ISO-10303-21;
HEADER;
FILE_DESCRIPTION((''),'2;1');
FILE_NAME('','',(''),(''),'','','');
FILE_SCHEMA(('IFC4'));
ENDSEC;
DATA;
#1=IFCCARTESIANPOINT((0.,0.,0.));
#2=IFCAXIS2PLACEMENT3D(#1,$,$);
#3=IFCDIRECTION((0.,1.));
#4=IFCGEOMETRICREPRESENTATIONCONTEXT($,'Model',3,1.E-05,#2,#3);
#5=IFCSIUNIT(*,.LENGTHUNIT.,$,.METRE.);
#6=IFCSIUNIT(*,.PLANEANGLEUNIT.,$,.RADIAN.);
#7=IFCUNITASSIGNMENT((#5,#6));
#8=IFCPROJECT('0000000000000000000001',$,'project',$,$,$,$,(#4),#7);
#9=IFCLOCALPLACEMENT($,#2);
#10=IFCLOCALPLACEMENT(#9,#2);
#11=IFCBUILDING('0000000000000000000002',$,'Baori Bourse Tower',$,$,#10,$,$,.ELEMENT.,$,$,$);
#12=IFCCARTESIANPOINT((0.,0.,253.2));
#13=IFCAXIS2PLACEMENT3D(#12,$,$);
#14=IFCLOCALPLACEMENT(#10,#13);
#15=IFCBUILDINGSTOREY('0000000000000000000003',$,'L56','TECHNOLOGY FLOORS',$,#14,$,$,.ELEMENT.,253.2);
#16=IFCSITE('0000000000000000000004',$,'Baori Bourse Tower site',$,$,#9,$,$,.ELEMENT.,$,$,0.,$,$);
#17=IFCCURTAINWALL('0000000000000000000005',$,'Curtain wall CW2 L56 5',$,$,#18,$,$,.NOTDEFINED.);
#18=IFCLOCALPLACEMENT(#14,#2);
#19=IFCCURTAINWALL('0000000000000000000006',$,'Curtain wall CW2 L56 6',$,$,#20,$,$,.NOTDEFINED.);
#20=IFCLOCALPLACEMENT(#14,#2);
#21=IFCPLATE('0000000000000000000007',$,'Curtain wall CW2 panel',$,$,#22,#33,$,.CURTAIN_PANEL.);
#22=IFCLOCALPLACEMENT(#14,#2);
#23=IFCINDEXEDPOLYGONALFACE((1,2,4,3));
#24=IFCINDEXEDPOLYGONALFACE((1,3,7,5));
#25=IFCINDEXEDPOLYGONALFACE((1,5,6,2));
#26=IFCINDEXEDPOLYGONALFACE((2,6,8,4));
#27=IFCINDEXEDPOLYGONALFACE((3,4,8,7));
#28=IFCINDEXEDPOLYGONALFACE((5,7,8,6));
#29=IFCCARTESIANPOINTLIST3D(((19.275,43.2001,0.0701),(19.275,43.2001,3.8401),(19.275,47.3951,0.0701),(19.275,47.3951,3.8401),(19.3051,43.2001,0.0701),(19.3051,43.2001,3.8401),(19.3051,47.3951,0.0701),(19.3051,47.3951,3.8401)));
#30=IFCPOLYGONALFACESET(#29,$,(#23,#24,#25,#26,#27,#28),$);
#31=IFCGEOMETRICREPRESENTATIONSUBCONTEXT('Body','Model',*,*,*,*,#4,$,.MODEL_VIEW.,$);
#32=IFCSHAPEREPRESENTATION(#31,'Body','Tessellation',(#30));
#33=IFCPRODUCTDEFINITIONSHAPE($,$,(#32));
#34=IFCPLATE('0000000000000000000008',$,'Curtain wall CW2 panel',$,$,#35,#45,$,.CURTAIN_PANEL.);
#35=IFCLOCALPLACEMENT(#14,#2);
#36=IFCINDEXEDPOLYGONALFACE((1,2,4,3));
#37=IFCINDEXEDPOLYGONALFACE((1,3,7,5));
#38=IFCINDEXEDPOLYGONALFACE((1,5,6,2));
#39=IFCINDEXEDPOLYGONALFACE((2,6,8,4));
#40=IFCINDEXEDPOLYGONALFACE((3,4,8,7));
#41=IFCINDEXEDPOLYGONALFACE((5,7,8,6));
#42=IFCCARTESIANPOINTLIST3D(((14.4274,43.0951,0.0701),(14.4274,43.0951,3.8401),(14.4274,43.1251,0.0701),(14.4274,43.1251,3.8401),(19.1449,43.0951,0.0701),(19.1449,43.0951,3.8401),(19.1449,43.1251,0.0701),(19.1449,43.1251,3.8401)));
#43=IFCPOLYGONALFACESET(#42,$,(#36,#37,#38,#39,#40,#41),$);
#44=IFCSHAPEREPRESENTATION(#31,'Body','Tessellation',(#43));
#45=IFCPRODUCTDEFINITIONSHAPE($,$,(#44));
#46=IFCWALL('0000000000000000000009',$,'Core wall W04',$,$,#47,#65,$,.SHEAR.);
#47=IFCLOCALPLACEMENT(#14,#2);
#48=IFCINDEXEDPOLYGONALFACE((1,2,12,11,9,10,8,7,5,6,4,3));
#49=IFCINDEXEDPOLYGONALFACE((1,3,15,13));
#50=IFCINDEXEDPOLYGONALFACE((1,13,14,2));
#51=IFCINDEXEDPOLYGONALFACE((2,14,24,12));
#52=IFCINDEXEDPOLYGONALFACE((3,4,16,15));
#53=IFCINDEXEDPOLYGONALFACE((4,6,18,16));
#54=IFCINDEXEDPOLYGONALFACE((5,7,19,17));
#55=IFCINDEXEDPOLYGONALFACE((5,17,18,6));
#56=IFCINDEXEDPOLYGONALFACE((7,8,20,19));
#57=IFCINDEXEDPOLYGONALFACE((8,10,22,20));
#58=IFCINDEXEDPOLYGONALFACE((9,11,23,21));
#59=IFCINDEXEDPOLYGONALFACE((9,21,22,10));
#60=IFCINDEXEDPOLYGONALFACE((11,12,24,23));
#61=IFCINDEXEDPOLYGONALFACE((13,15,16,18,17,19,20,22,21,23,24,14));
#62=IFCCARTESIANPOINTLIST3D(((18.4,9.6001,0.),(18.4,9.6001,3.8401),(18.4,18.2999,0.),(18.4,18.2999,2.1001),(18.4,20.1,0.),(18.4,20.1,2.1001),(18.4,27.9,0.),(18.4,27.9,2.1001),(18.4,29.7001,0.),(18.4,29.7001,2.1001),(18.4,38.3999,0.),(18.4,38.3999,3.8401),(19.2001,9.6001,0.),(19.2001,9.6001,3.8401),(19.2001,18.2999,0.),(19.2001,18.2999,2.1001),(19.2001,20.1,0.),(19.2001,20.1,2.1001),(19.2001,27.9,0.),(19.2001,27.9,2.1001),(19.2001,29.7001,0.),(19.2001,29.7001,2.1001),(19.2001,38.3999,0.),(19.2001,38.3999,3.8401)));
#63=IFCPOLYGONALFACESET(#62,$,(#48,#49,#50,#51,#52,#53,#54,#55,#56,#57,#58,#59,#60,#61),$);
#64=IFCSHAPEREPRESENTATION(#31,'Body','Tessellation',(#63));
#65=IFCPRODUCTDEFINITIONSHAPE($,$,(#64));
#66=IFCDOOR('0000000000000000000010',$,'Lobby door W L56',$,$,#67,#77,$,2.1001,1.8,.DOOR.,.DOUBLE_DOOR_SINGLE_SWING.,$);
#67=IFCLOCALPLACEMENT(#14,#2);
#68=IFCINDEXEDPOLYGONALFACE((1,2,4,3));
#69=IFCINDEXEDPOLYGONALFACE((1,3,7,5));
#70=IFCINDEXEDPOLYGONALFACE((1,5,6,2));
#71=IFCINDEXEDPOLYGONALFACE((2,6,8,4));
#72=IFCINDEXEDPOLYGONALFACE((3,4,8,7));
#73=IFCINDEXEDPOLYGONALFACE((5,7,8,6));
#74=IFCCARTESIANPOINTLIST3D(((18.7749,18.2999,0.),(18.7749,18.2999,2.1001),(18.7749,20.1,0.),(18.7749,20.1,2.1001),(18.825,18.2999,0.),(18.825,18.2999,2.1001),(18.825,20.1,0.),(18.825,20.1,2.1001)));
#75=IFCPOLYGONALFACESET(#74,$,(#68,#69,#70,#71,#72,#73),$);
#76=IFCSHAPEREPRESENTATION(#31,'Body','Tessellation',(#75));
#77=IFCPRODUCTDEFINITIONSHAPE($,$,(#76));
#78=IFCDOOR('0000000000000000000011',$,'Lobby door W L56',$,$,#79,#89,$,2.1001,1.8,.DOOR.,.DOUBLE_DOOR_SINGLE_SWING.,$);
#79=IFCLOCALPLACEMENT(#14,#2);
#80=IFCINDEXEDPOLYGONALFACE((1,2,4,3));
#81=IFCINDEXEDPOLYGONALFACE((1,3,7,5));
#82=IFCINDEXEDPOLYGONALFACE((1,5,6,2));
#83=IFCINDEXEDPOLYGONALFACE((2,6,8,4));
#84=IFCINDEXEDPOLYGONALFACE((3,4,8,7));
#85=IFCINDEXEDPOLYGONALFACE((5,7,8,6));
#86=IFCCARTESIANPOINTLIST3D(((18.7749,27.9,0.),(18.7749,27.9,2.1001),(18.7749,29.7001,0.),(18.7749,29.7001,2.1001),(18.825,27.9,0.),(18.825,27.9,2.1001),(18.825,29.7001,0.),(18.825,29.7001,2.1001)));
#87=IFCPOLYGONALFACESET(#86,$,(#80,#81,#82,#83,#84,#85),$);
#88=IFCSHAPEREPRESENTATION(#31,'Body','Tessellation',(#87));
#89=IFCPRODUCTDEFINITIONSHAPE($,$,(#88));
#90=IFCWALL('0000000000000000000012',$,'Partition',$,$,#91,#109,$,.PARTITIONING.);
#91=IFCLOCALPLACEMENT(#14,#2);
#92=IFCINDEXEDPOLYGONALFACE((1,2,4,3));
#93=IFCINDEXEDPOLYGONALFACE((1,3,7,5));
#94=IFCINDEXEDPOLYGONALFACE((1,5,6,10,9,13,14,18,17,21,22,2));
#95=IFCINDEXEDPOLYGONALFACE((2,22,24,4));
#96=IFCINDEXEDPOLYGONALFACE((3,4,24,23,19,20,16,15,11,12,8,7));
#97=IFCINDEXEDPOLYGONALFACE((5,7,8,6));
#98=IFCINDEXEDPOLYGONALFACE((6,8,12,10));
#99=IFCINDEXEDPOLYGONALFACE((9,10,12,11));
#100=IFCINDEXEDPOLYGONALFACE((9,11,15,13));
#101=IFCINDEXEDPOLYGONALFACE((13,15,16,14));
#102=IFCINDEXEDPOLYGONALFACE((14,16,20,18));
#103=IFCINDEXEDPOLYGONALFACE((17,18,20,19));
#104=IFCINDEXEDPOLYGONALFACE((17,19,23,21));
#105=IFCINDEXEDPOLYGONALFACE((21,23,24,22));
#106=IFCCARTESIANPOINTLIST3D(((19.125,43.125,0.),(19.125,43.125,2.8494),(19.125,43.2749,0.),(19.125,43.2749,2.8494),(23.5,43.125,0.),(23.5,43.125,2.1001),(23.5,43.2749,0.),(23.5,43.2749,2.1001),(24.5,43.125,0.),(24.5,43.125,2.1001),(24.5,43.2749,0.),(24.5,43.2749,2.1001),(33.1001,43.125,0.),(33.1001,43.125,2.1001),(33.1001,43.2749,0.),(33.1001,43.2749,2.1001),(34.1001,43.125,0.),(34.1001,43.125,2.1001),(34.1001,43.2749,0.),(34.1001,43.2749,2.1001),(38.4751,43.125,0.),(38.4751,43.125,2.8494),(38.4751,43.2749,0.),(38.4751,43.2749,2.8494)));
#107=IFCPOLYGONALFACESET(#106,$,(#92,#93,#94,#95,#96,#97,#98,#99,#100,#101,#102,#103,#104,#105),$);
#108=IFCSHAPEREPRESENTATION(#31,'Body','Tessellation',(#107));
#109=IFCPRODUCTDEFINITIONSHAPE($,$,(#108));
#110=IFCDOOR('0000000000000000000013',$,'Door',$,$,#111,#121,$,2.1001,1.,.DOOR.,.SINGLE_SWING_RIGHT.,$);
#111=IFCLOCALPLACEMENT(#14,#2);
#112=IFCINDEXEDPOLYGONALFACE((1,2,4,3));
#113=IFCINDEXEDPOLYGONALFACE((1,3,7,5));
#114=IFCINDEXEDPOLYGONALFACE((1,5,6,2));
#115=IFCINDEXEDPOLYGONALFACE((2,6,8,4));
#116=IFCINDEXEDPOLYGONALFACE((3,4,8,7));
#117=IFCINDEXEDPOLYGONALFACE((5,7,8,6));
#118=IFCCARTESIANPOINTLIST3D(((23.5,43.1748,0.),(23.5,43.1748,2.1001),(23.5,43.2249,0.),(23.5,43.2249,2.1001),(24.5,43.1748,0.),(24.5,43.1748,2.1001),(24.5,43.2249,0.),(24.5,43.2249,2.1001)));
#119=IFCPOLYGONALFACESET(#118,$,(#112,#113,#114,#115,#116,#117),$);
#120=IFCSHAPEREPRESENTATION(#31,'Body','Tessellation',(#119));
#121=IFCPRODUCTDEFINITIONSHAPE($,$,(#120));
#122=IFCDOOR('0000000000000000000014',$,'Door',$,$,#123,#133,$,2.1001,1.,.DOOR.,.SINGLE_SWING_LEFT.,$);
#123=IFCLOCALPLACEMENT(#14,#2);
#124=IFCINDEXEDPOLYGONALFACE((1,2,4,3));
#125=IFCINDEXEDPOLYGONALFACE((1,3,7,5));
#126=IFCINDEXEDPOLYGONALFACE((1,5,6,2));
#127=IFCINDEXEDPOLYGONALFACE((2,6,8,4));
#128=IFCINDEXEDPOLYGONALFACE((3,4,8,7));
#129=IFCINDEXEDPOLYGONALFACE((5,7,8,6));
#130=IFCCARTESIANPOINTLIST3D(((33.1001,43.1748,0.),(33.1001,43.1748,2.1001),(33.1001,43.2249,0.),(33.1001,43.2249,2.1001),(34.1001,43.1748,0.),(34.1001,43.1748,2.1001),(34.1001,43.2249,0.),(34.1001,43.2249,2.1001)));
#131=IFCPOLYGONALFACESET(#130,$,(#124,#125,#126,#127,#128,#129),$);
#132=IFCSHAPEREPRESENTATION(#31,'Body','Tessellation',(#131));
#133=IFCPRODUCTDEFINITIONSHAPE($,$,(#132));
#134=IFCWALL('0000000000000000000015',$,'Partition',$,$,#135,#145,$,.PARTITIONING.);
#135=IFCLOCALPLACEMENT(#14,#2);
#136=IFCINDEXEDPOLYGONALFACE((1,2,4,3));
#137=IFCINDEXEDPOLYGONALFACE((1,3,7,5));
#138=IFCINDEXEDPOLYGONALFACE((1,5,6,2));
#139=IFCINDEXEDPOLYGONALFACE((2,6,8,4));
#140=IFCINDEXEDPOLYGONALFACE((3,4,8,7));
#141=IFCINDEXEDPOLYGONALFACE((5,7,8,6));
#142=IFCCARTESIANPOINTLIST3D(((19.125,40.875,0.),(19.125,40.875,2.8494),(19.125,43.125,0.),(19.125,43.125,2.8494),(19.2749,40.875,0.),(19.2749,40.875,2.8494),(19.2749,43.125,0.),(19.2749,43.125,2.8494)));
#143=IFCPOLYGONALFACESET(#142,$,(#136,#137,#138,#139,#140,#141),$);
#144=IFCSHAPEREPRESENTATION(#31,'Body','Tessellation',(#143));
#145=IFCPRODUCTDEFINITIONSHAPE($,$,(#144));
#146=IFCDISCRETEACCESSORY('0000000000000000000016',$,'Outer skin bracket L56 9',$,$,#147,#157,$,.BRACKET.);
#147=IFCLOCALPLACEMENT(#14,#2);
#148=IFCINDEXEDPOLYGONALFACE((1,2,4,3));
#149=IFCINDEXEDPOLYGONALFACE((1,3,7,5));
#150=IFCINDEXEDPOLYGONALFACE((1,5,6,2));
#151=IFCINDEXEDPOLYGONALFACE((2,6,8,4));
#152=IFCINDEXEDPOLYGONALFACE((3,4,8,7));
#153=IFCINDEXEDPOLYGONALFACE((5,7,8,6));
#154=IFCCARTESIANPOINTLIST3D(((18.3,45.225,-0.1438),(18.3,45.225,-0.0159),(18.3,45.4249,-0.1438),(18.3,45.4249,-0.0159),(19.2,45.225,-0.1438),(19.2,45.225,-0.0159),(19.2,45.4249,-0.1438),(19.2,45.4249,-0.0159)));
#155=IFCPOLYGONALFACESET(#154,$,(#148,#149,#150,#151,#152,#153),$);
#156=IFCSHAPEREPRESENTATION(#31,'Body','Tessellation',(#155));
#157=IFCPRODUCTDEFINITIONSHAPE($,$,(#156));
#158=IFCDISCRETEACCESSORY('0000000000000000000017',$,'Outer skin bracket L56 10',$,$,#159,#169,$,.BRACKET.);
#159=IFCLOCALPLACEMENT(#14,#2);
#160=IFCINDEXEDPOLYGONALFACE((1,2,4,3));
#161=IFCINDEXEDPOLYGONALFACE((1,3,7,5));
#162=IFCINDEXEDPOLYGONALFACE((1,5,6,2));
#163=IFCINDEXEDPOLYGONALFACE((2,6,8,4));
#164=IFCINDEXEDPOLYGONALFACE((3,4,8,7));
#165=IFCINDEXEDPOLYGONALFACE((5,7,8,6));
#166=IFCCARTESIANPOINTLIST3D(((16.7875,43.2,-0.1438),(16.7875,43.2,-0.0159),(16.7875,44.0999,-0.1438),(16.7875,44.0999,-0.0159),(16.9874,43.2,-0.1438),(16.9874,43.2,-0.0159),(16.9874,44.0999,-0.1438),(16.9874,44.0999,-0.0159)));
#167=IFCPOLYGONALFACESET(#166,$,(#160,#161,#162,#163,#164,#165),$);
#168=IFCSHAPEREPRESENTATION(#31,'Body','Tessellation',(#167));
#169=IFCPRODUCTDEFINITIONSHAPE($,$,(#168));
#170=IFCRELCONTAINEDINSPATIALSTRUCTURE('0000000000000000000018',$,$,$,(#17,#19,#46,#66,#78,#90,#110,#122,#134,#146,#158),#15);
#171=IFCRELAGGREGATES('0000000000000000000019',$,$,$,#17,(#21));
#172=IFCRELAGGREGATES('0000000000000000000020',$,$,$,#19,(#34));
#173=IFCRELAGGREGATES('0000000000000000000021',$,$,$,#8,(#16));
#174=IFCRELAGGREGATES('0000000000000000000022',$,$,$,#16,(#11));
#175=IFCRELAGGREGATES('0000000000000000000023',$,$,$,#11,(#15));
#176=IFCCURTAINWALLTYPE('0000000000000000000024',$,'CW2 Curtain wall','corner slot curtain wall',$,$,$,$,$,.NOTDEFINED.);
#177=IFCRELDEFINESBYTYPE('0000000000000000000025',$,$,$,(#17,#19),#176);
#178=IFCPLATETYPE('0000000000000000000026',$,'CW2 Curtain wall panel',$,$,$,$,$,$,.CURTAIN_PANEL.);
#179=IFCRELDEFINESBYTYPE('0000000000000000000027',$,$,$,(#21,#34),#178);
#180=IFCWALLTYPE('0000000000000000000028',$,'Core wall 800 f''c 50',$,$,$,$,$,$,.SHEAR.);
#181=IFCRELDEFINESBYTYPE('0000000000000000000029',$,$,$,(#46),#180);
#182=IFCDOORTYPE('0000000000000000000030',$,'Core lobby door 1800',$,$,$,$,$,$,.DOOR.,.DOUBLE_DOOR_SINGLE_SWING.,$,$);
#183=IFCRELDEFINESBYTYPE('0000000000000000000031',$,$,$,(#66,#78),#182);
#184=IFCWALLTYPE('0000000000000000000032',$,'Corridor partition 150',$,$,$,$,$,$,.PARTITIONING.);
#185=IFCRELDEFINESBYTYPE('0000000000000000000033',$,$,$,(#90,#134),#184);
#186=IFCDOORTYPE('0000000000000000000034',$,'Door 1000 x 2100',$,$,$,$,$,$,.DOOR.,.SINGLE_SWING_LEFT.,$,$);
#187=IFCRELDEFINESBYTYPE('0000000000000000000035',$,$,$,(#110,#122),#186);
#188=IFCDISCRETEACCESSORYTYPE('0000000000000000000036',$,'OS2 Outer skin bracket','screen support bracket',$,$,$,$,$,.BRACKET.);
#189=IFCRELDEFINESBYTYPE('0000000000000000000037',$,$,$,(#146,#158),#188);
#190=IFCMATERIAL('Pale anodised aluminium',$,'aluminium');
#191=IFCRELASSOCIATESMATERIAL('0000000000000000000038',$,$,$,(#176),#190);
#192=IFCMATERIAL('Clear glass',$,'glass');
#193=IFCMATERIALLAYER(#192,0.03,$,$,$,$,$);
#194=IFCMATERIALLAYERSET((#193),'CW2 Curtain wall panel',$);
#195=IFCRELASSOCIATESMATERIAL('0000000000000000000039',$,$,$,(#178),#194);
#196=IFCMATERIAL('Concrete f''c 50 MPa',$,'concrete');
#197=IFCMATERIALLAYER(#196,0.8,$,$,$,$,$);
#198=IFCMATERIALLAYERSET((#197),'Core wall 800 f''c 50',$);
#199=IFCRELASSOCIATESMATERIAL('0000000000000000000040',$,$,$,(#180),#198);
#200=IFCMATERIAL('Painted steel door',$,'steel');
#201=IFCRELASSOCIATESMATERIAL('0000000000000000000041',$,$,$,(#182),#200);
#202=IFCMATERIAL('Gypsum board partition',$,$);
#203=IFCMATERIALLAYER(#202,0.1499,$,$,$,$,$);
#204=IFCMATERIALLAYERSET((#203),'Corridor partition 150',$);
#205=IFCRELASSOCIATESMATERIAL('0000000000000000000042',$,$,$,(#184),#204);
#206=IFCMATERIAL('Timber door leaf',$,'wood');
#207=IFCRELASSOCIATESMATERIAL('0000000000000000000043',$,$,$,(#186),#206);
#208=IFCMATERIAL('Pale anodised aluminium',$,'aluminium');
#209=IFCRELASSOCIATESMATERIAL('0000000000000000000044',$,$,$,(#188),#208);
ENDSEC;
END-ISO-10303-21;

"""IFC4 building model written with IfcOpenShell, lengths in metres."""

from ifc_helpers import new_model, si_unit, direction, frame, frame_2d, origin, origin_2d, place, context, subcontext, project, spatial, rectangle, extrude, material, layer, layer_set, type_object, element, fill, aggregate, save


model = new_model("IFC4")

# Units and contexts
model_context = context("Model", 3, precision=1e-05, world=origin(), true_north=direction((0.0, 1.0)))
body_context = subcontext(model_context, "Body", "Model", "MODEL_VIEW")
ifc_project = project(units=[si_unit("LENGTHUNIT", "METRE"), si_unit("PLANEANGLEUNIT", "RADIAN")], contexts=[model_context])

# Site, building, storey
site_placement = place(None, origin())
site = spatial("IfcSite", under=ifc_project, at=site_placement, Name="Baori Bourse Tower site", CompositionType="ELEMENT", RefElevation=0.0)
building_placement = place(site_placement, origin())
building = spatial("IfcBuilding", under=site, at=building_placement, Name="Baori Bourse Tower", CompositionType="ELEMENT")
storey_placement = place(building_placement, frame((0.0, 0.0, 253.2)))
storey = spatial("IfcBuildingStorey", under=building, at=storey_placement, Name="L56", Description="TECHNOLOGY FLOORS", CompositionType="ELEMENT", Elevation=253.2)

# Curtain walls
ifc_material_1 = material(Name="Pale anodised aluminium", Category="aluminium")
curtain_wall_type = type_object("IfcCurtainWallType", Name="CW2 Curtain wall", Description="corner slot curtain wall", PredefinedType="NOTDEFINED", material=ifc_material_1)
curtain_wall_1_placement = place(storey_placement, origin())
curtain_wall_1 = element("IfcCurtainWall", 1, at=curtain_wall_1_placement, inside=storey, type_object=curtain_wall_type, Name="Curtain wall CW2 L56 5", PredefinedType="NOTDEFINED")
curtain_wall_2_placement = place(storey_placement, origin())
curtain_wall_2 = element("IfcCurtainWall", 2, at=curtain_wall_2_placement, inside=storey, type_object=curtain_wall_type, Name="Curtain wall CW2 L56 6", PredefinedType="NOTDEFINED")

# Plates
ifc_material_2 = material(Name="Clear glass", Category="glass")
ifc_layer_1 = layer(ifc_material_2, 0.03)
ifc_layer_set_1 = layer_set([ifc_layer_1], Name="CW2 Curtain wall panel")
plate_type = type_object("IfcPlateType", Name="CW2 Curtain wall panel", PredefinedType="CURTAIN_PANEL", material=ifc_layer_set_1)
plate_1_placement = place(storey_placement, frame((19.29, 45.2976, 0.0701), z_axis=(0.0, 0.0, 1.0), x_axis=(0.0, -1.0, 0.0)))
plate_1 = element("IfcPlate", 3, at=plate_1_placement, type_object=plate_type, Name="Curtain wall CW2 panel", PredefinedType="CURTAIN_PANEL", context=body_context, shape_type="SweptSolid", body=[
    extrude(rectangle(XDim=4.1951, YDim=0.03, at=origin_2d()), origin(), (0.0, 0.0, 1.0), 3.77),
])
aggregate(curtain_wall_1, [plate_1])
plate_2_placement = place(storey_placement, frame((16.7861, 43.1101, 0.0701), z_axis=(0.0, 0.0, 1.0), x_axis=(-1.0, 0.0, 0.0)))
plate_2 = element("IfcPlate", 4, at=plate_2_placement, type_object=plate_type, Name="Curtain wall CW2 panel", PredefinedType="CURTAIN_PANEL", context=body_context, shape_type="SweptSolid", body=[
    extrude(rectangle(XDim=4.7175, YDim=0.03, at=origin_2d()), origin(), (0.0, 0.0, 1.0), 3.77),
])
aggregate(curtain_wall_2, [plate_2])

# Walls, openings, doors
ifc_material_3 = material(Name="Concrete f'c 50 MPa", Category="concrete")
ifc_layer_2 = layer(ifc_material_3, 0.8)
ifc_layer_set_2 = layer_set([ifc_layer_2], Name="Core wall 800 f'c 50")
wall_type_1 = type_object("IfcWallType", Name="Core wall 800 f'c 50", PredefinedType="SHEAR", material=ifc_layer_set_2)
wall_1_placement = place(storey_placement, frame((18.8, 38.3999, 0.0), z_axis=(0.0, 0.0, 1.0), x_axis=(0.0, -1.0, 0.0)))
wall_1 = element("IfcWall", 5, at=wall_1_placement, inside=storey, type_object=wall_type_1, Name="Core wall W04", PredefinedType="SHEAR", context=body_context, shape_type="SweptSolid", body=[
    extrude(rectangle(XDim=28.7998, YDim=0.8, at=frame_2d((14.3999, 0.0))), origin(), (0.0, 0.0, 1.0), 3.8401),
])
opening_1_placement = place(wall_1_placement, frame((18.3, 0.0, 0.0)))
opening_1 = element("IfcOpeningElement", 6, at=opening_1_placement, cuts=wall_1, PredefinedType="OPENING", context=body_context, shape_type="SweptSolid", body=[
    extrude(rectangle(XDim=1.8, YDim=2.1001, at=frame_2d((0.8999, 1.05))), frame((0.0, 0.4099, 0.0), z_axis=(0.0, -1.0, 0.0), x_axis=(1.0, 0.0, 0.0)), (0.0, 0.0, 1.0), 0.8201),
])
opening_2_placement = place(wall_1_placement, frame((8.7, 0.0, 0.0)))
opening_2 = element("IfcOpeningElement", 7, at=opening_2_placement, cuts=wall_1, PredefinedType="OPENING", context=body_context, shape_type="SweptSolid", body=[
    extrude(rectangle(XDim=1.8, YDim=2.1001, at=frame_2d((0.8999, 1.05))), frame((0.0, 0.4099, 0.0), z_axis=(0.0, -1.0, 0.0), x_axis=(1.0, 0.0, 0.0)), (0.0, 0.0, 1.0), 0.8201),
])
ifc_material_4 = material(Name="Painted steel door", Category="steel")
door_type_1 = type_object("IfcDoorType", Name="Core lobby door 1800", OperationType="DOUBLE_DOOR_SINGLE_SWING", PredefinedType="DOOR", material=ifc_material_4)
door_1_placement = place(opening_1_placement, origin())
door_1 = element("IfcDoor", 8, at=door_1_placement, inside=storey, type_object=door_type_1, Name="Lobby door W L56", OperationType="DOUBLE_DOOR_SINGLE_SWING", OverallHeight=2.1001, OverallWidth=1.8, PredefinedType="DOOR", context=body_context, shape_type="SweptSolid", body=[
    extrude(rectangle(XDim=1.8, YDim=2.1001, at=frame_2d((0.8999, 1.05))), frame((0.0, 0.0249, 0.0), z_axis=(0.0, -1.0, 0.0), x_axis=(1.0, 0.0, 0.0)), (0.0, 0.0, 1.0), 0.05),
])
fill(opening_1, door_1)
door_2_placement = place(opening_2_placement, origin())
door_2 = element("IfcDoor", 9, at=door_2_placement, inside=storey, type_object=door_type_1, Name="Lobby door W L56", OperationType="DOUBLE_DOOR_SINGLE_SWING", OverallHeight=2.1001, OverallWidth=1.8, PredefinedType="DOOR", context=body_context, shape_type="SweptSolid", body=[
    extrude(rectangle(XDim=1.8, YDim=2.1001, at=frame_2d((0.8999, 1.05))), frame((0.0, 0.0249, 0.0), z_axis=(0.0, -1.0, 0.0), x_axis=(1.0, 0.0, 0.0)), (0.0, 0.0, 1.0), 0.05),
])
fill(opening_2, door_2)
ifc_material_5 = material(Name="Gypsum board partition")
ifc_layer_3 = layer(ifc_material_5, 0.1499)
ifc_layer_set_3 = layer_set([ifc_layer_3], Name="Corridor partition 150")
wall_type_2 = type_object("IfcWallType", Name="Corridor partition 150", PredefinedType="PARTITIONING", material=ifc_layer_set_3)
wall_2_placement = place(storey_placement, frame((19.125, 43.2, 0.0), z_axis=(0.0, 0.0, 1.0), x_axis=(1.0, 0.0, 0.0)))
wall_2 = element("IfcWall", 10, at=wall_2_placement, inside=storey, type_object=wall_type_2, Name="Partition", PredefinedType="PARTITIONING", context=body_context, shape_type="SweptSolid", body=[
    extrude(rectangle(XDim=19.3501, YDim=0.1499, at=frame_2d((9.675, 0.0))), origin(), (0.0, 0.0, 1.0), 2.8494),
])
opening_3_placement = place(wall_2_placement, frame((4.375, 0.0, 0.0)))
opening_3 = element("IfcOpeningElement", 11, at=opening_3_placement, cuts=wall_2, PredefinedType="OPENING", context=body_context, shape_type="SweptSolid", body=[
    extrude(rectangle(XDim=1.0, YDim=2.1001, at=frame_2d((0.5, 1.05))), frame((0.0, 0.085, 0.0), z_axis=(0.0, -1.0, 0.0), x_axis=(1.0, 0.0, 0.0)), (0.0, 0.0, 1.0), 0.1699),
])
opening_4_placement = place(wall_2_placement, frame((13.9751, 0.0, 0.0)))
opening_4 = element("IfcOpeningElement", 12, at=opening_4_placement, cuts=wall_2, PredefinedType="OPENING", context=body_context, shape_type="SweptSolid", body=[
    extrude(rectangle(XDim=1.0, YDim=2.1001, at=frame_2d((0.5, 1.05))), frame((0.0, 0.085, 0.0), z_axis=(0.0, -1.0, 0.0), x_axis=(1.0, 0.0, 0.0)), (0.0, 0.0, 1.0), 0.1699),
])
ifc_material_6 = material(Name="Timber door leaf", Category="wood")
door_type_2 = type_object("IfcDoorType", Name="Door 1000 x 2100", OperationType="SINGLE_SWING_LEFT", PredefinedType="DOOR", material=ifc_material_6)
door_3_placement = place(opening_3_placement, origin())
door_3 = element("IfcDoor", 13, at=door_3_placement, inside=storey, type_object=door_type_2, Name="Door", OperationType="SINGLE_SWING_RIGHT", OverallHeight=2.1001, OverallWidth=1.0, PredefinedType="DOOR", context=body_context, shape_type="SweptSolid", body=[
    extrude(rectangle(XDim=1.0, YDim=2.1001, at=frame_2d((0.5, 1.05))), frame((0.0, 0.0249, 0.0), z_axis=(0.0, -1.0, 0.0), x_axis=(1.0, 0.0, 0.0)), (0.0, 0.0, 1.0), 0.05),
])
fill(opening_3, door_3)
door_4_placement = place(opening_4_placement, origin())
door_4 = element("IfcDoor", 14, at=door_4_placement, inside=storey, type_object=door_type_2, Name="Door", OperationType="SINGLE_SWING_LEFT", OverallHeight=2.1001, OverallWidth=1.0, PredefinedType="DOOR", context=body_context, shape_type="SweptSolid", body=[
    extrude(rectangle(XDim=1.0, YDim=2.1001, at=frame_2d((0.5, 1.05))), frame((0.0, 0.0249, 0.0), z_axis=(0.0, -1.0, 0.0), x_axis=(1.0, 0.0, 0.0)), (0.0, 0.0, 1.0), 0.05),
])
fill(opening_4, door_4)

# Wall
wall_3_placement = place(storey_placement, frame((19.2, 40.875, 0.0), z_axis=(0.0, 0.0, 1.0), x_axis=(0.0, 1.0, 0.0)))
element("IfcWall", 15, at=wall_3_placement, inside=storey, type_object=wall_type_2, Name="Partition", PredefinedType="PARTITIONING", context=body_context, shape_type="SweptSolid", body=[
    extrude(rectangle(XDim=2.25, YDim=0.1499, at=frame_2d((1.125, 0.0))), origin(), (0.0, 0.0, 1.0), 2.8494),
])

# Discrete accessories
ifc_material_7 = material(Name="Pale anodised aluminium", Category="aluminium")
discrete_accessory_type = type_object("IfcDiscreteAccessoryType", Name="OS2 Outer skin bracket", Description="screen support bracket", PredefinedType="BRACKET", material=ifc_material_7)
for number, where, z_axis, x_axis, name in (
    (16, (18.75, 45.325, -0.1438), (0.0, 0.0, 1.0), (0.0, -1.0, 0.0), "Outer skin bracket L56 9"),
    (17, (16.8875, 43.6499, -0.1438), (0.0, 0.0, 1.0), (-1.0, 0.0, 0.0), "Outer skin bracket L56 10"),
):
    element("IfcDiscreteAccessory", number, at=place(storey_placement, frame(where, z_axis=z_axis, x_axis=x_axis)), inside=storey, type_object=discrete_accessory_type, Name=name, PredefinedType="BRACKET", context=body_context, shape_type="SweptSolid", body=[
        extrude(rectangle(XDim=0.2, YDim=0.8999, at=origin_2d()), origin(), (0.0, 0.0, 1.0), 0.1279),
    ])

save(model, "model.ifc")
